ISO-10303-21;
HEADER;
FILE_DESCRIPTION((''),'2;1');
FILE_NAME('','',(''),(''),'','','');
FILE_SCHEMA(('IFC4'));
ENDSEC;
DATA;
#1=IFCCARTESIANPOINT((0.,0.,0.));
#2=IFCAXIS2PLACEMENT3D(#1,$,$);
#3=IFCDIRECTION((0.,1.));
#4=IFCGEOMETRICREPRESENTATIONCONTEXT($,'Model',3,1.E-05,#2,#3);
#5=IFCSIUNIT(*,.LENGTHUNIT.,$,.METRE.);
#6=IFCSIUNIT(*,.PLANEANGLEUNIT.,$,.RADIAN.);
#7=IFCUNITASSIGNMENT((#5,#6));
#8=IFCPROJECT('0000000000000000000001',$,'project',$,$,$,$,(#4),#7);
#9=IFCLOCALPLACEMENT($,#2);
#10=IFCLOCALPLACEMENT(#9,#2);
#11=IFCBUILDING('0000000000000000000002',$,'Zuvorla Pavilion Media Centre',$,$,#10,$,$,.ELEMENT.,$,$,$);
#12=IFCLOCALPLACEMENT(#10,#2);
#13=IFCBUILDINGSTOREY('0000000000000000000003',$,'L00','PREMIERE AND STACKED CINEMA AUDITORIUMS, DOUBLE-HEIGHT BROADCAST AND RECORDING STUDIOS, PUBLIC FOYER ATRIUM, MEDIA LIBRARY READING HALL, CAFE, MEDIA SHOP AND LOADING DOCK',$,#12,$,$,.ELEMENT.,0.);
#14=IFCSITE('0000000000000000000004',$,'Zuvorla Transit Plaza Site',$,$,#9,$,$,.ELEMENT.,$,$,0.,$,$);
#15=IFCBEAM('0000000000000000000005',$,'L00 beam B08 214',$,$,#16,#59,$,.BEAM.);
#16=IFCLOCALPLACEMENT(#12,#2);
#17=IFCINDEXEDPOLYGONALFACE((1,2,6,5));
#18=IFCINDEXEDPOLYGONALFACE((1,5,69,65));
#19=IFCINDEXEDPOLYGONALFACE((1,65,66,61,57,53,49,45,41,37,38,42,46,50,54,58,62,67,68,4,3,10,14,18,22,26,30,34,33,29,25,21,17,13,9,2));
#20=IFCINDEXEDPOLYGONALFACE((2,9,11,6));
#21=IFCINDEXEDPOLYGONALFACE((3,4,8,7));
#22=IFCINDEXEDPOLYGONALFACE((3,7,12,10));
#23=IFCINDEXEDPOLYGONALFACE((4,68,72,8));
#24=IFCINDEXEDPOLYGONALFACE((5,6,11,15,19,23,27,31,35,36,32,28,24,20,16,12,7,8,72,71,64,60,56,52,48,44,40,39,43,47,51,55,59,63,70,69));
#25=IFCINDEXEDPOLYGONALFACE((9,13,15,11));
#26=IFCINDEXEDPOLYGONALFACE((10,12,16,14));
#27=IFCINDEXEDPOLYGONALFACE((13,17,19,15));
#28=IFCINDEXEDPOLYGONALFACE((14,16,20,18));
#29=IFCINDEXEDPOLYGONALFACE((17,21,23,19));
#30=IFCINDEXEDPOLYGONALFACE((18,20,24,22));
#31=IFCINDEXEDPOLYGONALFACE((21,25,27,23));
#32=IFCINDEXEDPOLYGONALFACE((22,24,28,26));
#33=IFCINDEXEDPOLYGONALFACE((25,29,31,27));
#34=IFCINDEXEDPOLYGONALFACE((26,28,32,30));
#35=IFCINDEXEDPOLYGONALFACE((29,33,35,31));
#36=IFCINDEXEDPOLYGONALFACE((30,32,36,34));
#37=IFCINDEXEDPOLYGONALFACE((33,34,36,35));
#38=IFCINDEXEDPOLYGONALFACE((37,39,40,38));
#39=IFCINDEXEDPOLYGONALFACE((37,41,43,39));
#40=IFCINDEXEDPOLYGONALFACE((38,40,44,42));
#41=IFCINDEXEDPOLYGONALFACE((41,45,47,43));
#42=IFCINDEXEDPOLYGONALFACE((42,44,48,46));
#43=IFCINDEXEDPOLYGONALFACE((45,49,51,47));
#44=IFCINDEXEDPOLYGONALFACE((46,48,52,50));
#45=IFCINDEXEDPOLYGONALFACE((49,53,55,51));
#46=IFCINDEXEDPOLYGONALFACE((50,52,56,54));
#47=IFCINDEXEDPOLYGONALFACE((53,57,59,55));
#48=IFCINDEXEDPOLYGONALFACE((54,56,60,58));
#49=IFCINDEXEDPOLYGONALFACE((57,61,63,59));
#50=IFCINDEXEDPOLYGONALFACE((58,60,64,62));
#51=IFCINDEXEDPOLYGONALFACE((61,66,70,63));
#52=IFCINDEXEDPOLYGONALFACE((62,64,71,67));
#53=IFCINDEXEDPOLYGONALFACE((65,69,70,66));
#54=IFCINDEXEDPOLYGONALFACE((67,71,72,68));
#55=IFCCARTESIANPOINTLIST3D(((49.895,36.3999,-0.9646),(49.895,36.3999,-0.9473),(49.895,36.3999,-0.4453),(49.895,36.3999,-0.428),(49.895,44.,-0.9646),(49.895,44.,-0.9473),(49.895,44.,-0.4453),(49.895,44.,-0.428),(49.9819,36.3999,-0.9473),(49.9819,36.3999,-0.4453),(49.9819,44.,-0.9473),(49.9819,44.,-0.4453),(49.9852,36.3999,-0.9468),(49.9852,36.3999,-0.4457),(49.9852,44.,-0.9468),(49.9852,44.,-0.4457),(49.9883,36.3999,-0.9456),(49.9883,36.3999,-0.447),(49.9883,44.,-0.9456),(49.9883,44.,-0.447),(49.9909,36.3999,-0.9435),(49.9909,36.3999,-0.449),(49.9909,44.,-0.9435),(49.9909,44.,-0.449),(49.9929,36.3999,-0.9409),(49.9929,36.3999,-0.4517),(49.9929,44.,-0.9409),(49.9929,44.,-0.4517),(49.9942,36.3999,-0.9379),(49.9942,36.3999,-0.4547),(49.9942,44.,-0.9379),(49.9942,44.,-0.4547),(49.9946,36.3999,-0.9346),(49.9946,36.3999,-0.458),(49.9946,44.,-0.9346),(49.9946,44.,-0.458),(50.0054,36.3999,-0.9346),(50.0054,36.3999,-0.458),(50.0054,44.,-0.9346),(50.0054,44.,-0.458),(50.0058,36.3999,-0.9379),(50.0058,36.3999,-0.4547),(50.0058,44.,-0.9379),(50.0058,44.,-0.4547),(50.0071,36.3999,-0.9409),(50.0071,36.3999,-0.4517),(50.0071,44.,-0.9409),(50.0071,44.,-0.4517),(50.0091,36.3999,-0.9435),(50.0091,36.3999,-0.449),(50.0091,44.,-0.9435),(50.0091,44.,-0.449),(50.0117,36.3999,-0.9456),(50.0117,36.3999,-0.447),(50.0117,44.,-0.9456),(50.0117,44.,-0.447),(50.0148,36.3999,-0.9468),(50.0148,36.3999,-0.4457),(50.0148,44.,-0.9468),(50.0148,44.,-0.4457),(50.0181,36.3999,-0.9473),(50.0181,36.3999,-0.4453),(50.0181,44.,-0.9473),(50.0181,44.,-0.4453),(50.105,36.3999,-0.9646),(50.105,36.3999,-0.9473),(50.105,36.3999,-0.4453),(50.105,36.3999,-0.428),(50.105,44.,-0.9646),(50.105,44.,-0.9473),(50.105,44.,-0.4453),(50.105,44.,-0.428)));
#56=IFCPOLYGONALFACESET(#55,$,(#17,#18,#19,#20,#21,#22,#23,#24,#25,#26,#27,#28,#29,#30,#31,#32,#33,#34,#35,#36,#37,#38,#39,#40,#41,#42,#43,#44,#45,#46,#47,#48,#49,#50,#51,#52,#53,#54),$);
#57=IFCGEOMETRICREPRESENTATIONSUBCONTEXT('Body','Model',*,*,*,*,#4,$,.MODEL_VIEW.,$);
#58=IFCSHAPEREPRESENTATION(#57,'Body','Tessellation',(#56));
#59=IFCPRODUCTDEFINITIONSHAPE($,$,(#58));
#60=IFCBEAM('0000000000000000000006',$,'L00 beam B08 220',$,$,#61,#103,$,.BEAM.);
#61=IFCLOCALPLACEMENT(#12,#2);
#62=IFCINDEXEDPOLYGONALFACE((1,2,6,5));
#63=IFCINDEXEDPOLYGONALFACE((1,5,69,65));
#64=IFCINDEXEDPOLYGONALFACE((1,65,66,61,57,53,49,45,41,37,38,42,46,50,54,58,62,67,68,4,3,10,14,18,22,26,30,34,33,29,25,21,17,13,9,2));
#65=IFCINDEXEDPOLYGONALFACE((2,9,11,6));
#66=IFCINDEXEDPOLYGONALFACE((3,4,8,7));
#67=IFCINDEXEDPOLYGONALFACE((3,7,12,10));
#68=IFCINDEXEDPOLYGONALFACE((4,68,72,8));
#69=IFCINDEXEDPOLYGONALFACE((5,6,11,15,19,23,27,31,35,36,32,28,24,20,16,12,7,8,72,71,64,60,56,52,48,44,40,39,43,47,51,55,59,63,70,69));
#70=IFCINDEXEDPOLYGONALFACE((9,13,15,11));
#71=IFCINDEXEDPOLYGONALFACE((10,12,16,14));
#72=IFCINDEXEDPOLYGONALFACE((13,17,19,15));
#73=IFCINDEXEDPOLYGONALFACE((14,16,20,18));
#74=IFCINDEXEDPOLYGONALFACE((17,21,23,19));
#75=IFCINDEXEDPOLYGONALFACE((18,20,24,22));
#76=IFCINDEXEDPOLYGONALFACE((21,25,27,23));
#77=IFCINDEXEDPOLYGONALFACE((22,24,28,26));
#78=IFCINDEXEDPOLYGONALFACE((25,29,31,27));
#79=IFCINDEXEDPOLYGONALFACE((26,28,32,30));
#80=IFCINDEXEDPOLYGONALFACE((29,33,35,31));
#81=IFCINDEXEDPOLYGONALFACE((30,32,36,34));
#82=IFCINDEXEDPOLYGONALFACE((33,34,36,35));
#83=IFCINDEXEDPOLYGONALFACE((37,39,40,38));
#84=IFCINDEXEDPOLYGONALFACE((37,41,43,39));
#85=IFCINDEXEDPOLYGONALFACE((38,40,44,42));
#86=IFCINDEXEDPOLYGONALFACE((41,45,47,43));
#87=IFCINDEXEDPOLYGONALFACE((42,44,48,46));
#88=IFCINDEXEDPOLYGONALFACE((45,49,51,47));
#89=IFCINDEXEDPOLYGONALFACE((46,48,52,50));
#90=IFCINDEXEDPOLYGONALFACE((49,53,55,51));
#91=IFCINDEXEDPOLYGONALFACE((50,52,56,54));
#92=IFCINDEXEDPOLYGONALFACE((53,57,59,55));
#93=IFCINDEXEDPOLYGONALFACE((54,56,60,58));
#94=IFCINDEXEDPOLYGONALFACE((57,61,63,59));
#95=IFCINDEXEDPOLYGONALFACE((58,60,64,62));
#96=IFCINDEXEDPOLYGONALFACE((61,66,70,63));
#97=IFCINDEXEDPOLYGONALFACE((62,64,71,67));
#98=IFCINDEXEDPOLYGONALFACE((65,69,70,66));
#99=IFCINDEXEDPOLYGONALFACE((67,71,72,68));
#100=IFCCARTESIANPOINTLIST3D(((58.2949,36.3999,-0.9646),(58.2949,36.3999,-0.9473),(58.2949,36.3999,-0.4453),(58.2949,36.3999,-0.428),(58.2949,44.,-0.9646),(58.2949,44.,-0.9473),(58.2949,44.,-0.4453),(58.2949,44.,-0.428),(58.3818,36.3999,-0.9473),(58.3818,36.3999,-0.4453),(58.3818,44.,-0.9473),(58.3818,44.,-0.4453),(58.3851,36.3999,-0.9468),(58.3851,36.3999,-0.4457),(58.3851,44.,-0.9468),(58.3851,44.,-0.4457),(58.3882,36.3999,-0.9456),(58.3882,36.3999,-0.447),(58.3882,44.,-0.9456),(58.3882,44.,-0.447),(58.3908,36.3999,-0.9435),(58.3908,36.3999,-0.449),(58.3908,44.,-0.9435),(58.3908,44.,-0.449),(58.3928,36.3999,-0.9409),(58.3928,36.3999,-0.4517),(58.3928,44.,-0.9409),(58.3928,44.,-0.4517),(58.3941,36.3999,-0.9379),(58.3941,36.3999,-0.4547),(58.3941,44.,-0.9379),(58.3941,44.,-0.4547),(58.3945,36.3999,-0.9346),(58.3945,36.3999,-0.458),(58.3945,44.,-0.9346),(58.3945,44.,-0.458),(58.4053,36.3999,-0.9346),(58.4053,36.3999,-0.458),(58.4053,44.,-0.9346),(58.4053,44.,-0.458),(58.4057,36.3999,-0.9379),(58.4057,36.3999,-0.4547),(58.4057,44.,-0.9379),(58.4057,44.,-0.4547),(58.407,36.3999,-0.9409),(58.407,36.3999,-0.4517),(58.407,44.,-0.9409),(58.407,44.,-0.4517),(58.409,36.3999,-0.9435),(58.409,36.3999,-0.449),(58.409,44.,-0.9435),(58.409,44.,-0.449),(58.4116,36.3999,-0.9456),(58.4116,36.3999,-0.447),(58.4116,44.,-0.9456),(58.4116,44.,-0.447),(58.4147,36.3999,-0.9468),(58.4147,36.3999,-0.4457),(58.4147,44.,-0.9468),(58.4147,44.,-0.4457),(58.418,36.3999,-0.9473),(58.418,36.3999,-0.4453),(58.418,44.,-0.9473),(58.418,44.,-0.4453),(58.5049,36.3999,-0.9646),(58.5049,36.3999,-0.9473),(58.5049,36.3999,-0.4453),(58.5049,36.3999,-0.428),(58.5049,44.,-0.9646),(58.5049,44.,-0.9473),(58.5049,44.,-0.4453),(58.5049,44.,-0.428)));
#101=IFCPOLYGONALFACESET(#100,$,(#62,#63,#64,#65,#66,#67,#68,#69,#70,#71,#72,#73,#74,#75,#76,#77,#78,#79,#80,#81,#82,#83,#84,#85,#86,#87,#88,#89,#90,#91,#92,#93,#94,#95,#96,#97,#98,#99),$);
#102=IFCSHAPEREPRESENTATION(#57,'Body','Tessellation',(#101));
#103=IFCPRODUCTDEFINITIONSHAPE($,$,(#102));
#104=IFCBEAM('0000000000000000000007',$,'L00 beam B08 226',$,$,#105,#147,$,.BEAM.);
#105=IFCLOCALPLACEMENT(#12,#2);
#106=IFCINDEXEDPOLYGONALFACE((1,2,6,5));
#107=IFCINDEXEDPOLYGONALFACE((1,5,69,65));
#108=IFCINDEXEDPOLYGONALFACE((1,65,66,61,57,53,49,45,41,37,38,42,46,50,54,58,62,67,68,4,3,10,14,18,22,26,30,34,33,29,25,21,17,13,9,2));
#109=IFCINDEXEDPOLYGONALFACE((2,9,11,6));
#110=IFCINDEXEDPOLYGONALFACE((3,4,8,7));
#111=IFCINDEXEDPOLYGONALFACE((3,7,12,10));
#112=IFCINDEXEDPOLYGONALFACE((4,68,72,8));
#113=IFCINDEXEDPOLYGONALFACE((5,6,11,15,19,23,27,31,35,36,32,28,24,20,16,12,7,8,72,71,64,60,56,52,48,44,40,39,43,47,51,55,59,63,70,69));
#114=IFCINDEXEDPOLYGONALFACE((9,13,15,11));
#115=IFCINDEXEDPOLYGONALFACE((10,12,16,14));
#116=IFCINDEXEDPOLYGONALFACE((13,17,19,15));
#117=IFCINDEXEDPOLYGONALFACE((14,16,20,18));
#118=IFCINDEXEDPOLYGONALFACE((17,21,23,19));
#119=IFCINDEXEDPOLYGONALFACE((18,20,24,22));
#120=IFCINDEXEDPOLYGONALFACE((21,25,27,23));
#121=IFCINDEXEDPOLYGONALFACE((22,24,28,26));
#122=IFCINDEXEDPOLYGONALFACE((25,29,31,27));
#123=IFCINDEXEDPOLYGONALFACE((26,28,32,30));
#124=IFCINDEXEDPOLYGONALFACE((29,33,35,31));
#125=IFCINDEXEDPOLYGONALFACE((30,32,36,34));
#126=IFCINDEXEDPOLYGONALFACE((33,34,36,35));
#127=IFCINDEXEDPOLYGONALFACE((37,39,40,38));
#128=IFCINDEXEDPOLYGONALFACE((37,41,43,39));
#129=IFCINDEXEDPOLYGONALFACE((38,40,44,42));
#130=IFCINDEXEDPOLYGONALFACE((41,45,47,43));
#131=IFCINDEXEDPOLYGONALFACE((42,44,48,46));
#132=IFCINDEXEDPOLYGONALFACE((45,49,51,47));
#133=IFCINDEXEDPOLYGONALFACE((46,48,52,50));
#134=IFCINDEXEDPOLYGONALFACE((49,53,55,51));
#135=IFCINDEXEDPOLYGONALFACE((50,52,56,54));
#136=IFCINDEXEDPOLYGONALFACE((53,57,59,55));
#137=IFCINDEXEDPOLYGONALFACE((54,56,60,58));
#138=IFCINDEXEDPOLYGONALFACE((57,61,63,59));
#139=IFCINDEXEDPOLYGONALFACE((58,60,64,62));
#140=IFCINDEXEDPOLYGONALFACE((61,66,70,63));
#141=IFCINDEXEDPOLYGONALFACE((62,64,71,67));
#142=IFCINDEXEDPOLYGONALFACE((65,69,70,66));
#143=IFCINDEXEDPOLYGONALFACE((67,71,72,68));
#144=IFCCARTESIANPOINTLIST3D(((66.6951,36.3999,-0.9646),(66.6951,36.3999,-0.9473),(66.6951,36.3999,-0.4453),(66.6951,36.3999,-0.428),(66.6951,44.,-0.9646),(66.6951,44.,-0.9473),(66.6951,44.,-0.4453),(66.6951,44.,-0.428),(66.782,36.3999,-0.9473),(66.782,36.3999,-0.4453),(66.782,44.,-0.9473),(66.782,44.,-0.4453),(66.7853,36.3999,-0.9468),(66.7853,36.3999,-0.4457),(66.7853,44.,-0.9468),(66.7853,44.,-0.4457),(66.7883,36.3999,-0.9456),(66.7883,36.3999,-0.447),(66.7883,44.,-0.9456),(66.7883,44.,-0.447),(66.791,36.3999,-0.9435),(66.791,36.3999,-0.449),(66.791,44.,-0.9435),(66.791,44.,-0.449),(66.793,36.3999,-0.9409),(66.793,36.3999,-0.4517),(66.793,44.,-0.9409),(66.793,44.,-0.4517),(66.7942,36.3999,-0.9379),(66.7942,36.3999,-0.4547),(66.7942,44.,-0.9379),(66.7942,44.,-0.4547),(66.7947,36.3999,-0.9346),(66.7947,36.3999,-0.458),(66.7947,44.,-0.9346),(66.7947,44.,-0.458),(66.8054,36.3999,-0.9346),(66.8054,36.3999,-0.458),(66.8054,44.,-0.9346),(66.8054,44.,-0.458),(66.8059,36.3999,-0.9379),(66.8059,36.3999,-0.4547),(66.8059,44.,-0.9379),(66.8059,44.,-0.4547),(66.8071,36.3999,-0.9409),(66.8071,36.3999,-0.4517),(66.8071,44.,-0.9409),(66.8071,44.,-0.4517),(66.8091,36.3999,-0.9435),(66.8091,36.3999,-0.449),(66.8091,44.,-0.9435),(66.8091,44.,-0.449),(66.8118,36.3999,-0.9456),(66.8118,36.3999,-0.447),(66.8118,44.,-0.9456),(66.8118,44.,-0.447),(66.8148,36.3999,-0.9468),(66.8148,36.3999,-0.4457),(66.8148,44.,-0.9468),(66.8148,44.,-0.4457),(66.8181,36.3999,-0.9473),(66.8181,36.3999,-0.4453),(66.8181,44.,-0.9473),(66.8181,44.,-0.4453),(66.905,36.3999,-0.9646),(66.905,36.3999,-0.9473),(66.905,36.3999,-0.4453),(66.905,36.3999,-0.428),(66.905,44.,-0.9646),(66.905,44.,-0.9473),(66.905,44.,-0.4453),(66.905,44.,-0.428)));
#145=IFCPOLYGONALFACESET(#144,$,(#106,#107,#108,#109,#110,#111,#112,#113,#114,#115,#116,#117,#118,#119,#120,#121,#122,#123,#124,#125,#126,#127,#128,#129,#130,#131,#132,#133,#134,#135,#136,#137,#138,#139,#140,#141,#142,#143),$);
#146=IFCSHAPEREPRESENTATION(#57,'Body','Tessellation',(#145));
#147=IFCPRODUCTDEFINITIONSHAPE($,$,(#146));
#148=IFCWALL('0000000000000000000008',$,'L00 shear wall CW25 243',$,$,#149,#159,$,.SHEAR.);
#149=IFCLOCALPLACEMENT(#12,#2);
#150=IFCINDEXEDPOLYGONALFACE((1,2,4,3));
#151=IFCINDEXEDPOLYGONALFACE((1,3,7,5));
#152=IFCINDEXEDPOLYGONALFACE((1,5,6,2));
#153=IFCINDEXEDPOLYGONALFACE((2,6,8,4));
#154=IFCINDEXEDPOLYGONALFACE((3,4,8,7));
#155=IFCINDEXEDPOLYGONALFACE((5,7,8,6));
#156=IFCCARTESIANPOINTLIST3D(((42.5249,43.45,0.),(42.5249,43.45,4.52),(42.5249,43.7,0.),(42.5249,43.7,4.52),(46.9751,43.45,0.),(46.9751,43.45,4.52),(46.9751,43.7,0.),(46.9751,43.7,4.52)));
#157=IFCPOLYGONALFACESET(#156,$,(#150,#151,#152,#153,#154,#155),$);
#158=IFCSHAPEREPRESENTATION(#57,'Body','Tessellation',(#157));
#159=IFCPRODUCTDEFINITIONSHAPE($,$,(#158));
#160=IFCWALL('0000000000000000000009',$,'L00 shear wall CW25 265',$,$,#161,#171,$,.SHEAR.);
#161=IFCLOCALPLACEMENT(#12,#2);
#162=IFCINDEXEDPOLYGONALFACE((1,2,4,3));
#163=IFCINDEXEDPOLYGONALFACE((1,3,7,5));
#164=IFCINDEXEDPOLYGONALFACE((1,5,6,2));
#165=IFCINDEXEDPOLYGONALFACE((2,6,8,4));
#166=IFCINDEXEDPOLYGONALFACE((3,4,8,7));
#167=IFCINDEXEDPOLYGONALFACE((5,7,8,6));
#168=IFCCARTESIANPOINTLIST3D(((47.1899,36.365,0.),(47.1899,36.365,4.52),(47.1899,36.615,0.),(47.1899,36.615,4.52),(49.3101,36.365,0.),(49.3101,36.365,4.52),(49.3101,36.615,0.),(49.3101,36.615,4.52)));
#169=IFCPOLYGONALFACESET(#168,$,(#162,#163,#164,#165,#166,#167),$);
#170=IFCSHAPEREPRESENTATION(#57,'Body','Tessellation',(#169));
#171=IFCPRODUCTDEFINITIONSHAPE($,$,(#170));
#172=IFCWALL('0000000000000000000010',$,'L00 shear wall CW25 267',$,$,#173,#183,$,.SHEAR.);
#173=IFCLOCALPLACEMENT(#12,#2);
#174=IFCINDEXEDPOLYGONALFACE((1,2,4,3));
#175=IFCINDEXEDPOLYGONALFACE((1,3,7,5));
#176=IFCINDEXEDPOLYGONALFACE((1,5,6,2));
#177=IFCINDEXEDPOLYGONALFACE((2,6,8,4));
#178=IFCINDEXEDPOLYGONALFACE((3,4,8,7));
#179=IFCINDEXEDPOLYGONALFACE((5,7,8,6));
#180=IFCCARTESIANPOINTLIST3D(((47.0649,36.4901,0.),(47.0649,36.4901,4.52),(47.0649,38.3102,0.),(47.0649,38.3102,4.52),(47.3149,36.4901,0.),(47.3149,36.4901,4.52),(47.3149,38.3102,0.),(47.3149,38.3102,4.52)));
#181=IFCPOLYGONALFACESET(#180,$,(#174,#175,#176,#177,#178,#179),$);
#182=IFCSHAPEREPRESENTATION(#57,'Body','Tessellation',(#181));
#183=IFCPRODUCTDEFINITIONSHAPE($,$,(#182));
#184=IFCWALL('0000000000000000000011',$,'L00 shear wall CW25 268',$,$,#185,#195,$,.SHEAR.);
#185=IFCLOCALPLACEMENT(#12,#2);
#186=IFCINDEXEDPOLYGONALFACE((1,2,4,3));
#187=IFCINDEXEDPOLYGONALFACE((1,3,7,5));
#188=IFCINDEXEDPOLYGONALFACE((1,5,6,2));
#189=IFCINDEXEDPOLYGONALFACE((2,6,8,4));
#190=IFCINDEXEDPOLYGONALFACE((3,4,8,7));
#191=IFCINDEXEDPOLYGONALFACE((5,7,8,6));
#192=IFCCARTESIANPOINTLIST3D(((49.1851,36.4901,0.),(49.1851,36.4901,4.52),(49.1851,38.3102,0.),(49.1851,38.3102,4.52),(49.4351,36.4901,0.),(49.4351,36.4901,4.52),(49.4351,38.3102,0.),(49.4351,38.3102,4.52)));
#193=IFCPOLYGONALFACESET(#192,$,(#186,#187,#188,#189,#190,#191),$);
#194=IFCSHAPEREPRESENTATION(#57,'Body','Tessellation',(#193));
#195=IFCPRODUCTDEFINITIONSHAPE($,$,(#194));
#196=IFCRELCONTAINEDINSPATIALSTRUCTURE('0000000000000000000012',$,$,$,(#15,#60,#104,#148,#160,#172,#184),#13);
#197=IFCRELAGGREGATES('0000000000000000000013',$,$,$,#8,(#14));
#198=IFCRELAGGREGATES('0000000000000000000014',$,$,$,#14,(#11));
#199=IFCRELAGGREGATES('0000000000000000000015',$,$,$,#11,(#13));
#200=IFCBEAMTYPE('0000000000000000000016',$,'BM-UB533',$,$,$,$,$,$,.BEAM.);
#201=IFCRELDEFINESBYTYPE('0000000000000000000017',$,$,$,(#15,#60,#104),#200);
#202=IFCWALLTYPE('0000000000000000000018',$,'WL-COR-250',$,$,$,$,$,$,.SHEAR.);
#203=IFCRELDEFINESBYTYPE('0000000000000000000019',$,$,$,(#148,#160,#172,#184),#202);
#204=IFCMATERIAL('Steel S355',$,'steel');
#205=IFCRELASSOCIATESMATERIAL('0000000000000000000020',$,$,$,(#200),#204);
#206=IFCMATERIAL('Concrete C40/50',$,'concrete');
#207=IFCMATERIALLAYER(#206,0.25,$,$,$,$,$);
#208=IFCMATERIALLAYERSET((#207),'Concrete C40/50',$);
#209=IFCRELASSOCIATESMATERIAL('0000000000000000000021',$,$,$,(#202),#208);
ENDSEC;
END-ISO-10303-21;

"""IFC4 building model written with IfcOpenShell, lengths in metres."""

from ifc_helpers import new_model, si_unit, direction, frame, frame_2d, origin, origin_2d, place, context, subcontext, project, spatial, rectangle, i_section, extrude, material, layer, layer_set, material_profile, profile_set, type_object, element, save


model = new_model("IFC4")

# Units and contexts
model_context = context("Model", 3, precision=1e-05, world=origin(), true_north=direction((0.0, 1.0)))
body_context = subcontext(model_context, "Body", "Model", "MODEL_VIEW")
ifc_project = project(units=[si_unit("LENGTHUNIT", "METRE"), si_unit("PLANEANGLEUNIT", "RADIAN")], contexts=[model_context])

# Site, building, storey
site_placement = place(None, origin())
site = spatial("IfcSite", under=ifc_project, at=site_placement, Name="Zuvorla Transit Plaza Site", CompositionType="ELEMENT", RefElevation=0.0)
building_placement = place(site_placement, origin())
building = spatial("IfcBuilding", under=site, at=building_placement, Name="Zuvorla Pavilion Media Centre", CompositionType="ELEMENT")
storey_placement = place(building_placement, origin())
storey = spatial("IfcBuildingStorey", under=building, at=storey_placement, Name="L00", Description="PREMIERE AND STACKED CINEMA AUDITORIUMS, DOUBLE-HEIGHT BROADCAST AND RECORDING STUDIOS, PUBLIC FOYER ATRIUM, MEDIA LIBRARY READING HALL, CAFE, MEDIA SHOP AND LOADING DOCK", CompositionType="ELEMENT", Elevation=0.0)

# Shared definitions
ifc_material_1 = material(Name="Concrete C40/50", Category="concrete")

# Beams
ifc_material_2 = material(Name="Steel S355", Category="steel")
ifc_material_profile_1 = material_profile(ifc_material_2, i_section(OverallWidth=0.21, OverallDepth=0.5366, WebThickness=0.0107, FlangeThickness=0.0173, FilletRadius=0.0127, at=origin_2d()), Name="UB 533x210x101")
ifc_profile_set_1 = profile_set([ifc_material_profile_1], Name="Steel S355")
beam_type_1 = type_object("IfcBeamType", Name="BM-UB533", PredefinedType="BEAM", material=ifc_profile_set_1)
for number, where, z_axis, x_axis, name in (
    (1, (50.0, 36.3999, -0.6963), (0.0, 1.0, 0.0), (-1.0, 0.0, 0.0), "L00 beam B08 214"),
    (2, (58.3999, 36.3999, -0.6963), (0.0, 1.0, 0.0), (-1.0, 0.0, 0.0), "L00 beam B08 220"),
    (3, (66.8, 36.3999, -0.6963), (0.0, 1.0, 0.0), (-1.0, 0.0, 0.0), "L00 beam B08 226"),
):
    element("IfcBeam", number, at=place(storey_placement, frame(where, z_axis=z_axis, x_axis=x_axis)), inside=storey, type_object=beam_type_1, Name=name, PredefinedType="BEAM", context=body_context, shape_type="SweptSolid", body=[
        extrude(i_section(OverallWidth=0.21, OverallDepth=0.5366, WebThickness=0.0107, FlangeThickness=0.0173, FilletRadius=0.0127, at=origin_2d()), origin(), (0.0, 0.0, 1.0), 7.6001),
    ])

# Walls
ifc_layer_1 = layer(ifc_material_1, 0.25)
ifc_layer_set_1 = layer_set([ifc_layer_1], Name="Concrete C40/50")
wall_type_1 = type_object("IfcWallType", Name="WL-COR-250", PredefinedType="SHEAR", material=ifc_layer_set_1)
wall_1_placement = place(storey_placement, frame((42.5249, 43.575, 0.0), z_axis=(0.0, 0.0, 1.0), x_axis=(1.0, 0.0, 0.0)))
element("IfcWall", 4, at=wall_1_placement, inside=storey, type_object=wall_type_1, Name="L00 shear wall CW25 243", PredefinedType="SHEAR", context=body_context, shape_type="SweptSolid", body=[
    extrude(rectangle(XDim=4.4502, YDim=0.25, at=frame_2d((2.2251, 0.0))), origin(), (0.0, 0.0, 1.0), 4.52),
])
wall_2_placement = place(storey_placement, frame((47.1899, 36.49, 0.0), z_axis=(0.0, 0.0, 1.0), x_axis=(1.0, 0.0, 0.0)))
element("IfcWall", 5, at=wall_2_placement, inside=storey, type_object=wall_type_1, Name="L00 shear wall CW25 265", PredefinedType="SHEAR", context=body_context, shape_type="SweptSolid", body=[
    extrude(rectangle(XDim=2.1201, YDim=0.25, at=frame_2d((1.0601, 0.0))), origin(), (0.0, 0.0, 1.0), 4.52),
])

# Walls
for number, where, z_axis, x_axis, name in (
    (6, (47.1899, 36.49, 0.0), (0.0, 0.0, 1.0), (0.0, 1.0, 0.0), "L00 shear wall CW25 267"),
    (7, (49.3101, 36.49, 0.0), (0.0, 0.0, 1.0), (0.0, 1.0, 0.0), "L00 shear wall CW25 268"),
):
    element("IfcWall", number, at=place(storey_placement, frame(where, z_axis=z_axis, x_axis=x_axis)), inside=storey, type_object=wall_type_1, Name=name, PredefinedType="SHEAR", context=body_context, shape_type="SweptSolid", body=[
        extrude(rectangle(XDim=1.8201, YDim=0.25, at=frame_2d((0.9102, 0.0))), origin(), (0.0, 0.0, 1.0), 4.52),
    ])

save(model, "model.ifc")
